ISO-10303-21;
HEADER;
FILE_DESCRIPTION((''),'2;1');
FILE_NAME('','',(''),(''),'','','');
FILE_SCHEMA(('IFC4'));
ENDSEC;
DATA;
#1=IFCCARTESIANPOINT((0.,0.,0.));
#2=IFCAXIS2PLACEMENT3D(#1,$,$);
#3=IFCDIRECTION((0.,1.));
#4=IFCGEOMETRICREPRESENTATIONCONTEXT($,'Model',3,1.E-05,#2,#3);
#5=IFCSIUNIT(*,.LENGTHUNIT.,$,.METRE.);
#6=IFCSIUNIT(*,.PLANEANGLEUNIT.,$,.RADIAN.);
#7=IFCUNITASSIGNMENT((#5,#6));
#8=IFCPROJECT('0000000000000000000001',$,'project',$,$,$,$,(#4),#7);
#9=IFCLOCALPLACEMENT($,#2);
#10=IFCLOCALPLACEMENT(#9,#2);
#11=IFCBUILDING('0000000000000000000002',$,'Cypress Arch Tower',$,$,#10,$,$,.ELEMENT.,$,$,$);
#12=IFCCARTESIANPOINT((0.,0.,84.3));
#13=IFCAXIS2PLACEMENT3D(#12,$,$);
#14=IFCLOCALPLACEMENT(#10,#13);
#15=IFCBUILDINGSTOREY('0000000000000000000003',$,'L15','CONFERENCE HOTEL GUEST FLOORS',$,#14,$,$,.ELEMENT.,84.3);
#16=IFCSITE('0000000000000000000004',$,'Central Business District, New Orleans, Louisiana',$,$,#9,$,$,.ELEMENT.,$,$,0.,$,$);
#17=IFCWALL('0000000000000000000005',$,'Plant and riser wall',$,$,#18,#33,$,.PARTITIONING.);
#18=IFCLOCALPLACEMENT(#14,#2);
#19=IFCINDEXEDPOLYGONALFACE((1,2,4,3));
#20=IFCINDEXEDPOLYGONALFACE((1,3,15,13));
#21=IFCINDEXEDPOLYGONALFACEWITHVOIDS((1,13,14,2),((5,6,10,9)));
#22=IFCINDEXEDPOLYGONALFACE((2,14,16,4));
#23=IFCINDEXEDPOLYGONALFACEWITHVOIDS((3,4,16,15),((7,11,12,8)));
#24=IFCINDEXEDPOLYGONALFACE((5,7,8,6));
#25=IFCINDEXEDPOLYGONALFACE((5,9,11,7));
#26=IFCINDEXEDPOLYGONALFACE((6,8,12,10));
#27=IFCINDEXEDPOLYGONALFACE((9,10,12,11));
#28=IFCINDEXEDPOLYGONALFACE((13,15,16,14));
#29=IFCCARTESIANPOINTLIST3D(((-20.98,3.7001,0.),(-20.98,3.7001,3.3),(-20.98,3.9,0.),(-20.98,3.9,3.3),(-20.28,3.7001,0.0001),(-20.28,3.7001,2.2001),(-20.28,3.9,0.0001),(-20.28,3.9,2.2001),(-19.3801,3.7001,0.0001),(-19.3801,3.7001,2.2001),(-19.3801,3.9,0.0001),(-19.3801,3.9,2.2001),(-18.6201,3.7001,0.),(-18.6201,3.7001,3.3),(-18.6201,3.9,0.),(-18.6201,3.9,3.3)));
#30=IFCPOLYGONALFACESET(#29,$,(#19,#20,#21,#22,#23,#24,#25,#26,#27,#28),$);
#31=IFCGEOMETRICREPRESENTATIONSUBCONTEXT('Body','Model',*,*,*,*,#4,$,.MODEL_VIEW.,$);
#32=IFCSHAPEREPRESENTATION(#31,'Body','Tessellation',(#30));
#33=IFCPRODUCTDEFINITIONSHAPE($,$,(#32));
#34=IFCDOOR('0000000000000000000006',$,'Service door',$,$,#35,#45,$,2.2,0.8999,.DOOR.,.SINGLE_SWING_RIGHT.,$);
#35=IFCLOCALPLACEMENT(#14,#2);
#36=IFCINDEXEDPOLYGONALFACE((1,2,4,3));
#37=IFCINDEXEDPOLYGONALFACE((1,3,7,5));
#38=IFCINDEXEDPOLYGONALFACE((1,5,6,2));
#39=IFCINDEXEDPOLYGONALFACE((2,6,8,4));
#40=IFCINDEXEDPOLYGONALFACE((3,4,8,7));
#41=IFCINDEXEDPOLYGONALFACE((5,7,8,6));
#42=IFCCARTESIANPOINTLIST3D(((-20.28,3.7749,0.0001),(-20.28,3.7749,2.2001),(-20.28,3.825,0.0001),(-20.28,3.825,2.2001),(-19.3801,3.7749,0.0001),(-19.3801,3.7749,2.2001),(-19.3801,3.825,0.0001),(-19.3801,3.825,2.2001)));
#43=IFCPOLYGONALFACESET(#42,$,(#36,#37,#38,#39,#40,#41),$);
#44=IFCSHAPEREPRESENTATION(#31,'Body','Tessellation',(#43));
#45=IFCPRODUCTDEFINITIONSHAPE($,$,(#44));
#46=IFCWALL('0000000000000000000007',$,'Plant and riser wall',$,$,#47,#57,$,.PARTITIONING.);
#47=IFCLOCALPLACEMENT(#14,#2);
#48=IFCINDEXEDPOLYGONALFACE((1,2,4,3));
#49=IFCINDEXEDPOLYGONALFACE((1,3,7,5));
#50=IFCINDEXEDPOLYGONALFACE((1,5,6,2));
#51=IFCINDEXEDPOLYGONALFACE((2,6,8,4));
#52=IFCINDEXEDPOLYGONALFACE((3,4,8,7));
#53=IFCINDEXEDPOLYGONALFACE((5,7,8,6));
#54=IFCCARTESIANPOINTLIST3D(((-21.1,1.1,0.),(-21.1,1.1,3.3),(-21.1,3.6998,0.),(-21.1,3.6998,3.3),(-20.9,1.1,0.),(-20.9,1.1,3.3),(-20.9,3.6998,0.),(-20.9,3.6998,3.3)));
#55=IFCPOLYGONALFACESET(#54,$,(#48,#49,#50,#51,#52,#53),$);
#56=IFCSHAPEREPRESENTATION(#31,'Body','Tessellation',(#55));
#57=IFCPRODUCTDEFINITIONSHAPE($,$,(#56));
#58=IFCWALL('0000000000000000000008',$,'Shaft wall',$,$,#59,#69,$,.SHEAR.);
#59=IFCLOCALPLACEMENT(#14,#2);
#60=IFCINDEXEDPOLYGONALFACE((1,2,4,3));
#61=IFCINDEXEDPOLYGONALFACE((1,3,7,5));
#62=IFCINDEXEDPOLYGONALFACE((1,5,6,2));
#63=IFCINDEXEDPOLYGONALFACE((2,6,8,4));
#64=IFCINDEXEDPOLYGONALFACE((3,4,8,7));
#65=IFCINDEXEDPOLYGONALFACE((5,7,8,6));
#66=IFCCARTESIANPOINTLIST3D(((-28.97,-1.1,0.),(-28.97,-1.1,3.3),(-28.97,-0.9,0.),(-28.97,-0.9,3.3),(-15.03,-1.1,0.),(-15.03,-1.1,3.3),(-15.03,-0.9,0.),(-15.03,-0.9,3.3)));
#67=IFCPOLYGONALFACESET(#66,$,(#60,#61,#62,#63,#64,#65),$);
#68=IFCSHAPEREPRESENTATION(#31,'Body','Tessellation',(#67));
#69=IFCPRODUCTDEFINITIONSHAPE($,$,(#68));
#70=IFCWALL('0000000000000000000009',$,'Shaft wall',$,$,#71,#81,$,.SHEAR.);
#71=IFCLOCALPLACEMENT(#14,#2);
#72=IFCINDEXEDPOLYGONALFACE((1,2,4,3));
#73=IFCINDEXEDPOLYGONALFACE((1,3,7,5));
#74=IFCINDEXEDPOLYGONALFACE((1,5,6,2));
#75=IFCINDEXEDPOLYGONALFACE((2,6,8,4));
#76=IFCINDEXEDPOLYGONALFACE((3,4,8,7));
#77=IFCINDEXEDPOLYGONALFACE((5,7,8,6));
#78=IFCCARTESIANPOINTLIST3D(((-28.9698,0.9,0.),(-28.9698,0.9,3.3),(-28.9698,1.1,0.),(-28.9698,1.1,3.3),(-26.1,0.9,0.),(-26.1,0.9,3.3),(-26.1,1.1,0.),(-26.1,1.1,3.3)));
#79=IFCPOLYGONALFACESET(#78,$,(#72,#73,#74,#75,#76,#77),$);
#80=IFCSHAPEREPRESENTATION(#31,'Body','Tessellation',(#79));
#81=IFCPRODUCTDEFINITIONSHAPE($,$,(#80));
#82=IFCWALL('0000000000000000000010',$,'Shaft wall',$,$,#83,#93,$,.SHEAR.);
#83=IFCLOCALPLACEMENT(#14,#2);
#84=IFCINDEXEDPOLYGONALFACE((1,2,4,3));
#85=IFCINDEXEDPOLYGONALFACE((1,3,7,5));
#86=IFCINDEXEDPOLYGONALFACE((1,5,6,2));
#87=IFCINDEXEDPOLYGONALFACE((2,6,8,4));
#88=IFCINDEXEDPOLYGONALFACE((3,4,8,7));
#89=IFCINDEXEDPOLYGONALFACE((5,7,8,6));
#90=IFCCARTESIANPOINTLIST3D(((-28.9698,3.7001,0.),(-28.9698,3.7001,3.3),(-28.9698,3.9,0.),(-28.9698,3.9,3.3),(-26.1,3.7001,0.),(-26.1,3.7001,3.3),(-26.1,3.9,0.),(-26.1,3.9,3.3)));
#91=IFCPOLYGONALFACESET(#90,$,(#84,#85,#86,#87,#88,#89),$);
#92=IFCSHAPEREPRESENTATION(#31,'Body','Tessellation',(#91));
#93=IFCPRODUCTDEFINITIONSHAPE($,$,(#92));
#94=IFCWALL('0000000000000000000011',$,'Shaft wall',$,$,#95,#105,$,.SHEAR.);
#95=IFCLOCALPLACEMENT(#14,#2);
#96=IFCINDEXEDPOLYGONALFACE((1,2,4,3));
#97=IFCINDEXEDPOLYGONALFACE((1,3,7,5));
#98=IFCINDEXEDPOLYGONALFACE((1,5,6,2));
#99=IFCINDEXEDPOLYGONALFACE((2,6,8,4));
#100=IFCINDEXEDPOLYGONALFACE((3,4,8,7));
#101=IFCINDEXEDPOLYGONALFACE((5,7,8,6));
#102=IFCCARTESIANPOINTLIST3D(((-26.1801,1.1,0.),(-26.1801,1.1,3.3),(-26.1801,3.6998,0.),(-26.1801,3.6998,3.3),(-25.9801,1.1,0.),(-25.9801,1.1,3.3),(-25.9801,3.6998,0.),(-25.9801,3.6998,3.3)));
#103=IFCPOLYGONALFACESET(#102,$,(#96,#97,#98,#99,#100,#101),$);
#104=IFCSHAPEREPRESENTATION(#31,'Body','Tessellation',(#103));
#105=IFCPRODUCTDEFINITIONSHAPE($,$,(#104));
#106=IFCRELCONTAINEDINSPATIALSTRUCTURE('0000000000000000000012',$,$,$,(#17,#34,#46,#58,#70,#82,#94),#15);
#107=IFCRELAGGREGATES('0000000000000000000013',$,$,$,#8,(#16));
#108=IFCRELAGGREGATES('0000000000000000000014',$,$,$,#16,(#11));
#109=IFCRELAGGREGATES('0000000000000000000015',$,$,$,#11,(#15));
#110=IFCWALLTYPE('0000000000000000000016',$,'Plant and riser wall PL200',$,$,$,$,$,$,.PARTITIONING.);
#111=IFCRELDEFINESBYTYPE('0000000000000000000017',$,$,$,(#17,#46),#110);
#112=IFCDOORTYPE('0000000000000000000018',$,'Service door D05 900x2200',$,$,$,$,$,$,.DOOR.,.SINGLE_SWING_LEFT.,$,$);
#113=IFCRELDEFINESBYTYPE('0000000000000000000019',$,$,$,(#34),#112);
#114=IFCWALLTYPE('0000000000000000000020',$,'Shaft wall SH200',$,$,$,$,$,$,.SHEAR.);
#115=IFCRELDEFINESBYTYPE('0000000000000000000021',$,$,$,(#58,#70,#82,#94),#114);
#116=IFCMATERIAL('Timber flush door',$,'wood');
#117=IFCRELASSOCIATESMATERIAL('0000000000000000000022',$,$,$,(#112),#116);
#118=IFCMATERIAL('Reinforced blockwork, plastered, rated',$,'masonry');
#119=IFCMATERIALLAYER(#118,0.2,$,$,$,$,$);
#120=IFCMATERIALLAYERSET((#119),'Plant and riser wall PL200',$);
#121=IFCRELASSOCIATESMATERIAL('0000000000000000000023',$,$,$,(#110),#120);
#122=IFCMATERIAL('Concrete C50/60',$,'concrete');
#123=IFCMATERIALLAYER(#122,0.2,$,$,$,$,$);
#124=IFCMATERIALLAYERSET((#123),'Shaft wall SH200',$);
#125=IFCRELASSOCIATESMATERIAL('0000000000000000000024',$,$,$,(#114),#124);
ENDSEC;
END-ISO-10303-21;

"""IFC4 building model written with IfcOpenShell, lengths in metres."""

from ifc_helpers import new_model, si_unit, direction, frame, frame_2d, origin, place, context, subcontext, project, spatial, rectangle, extrude, material, layer, layer_set, type_object, element, fill, save


model = new_model("IFC4")

# Units and contexts
model_context = context("Model", 3, precision=1e-05, world=origin(), true_north=direction((0.0, 1.0)))
body_context = subcontext(model_context, "Body", "Model", "MODEL_VIEW")
ifc_project = project(units=[si_unit("LENGTHUNIT", "METRE"), si_unit("PLANEANGLEUNIT", "RADIAN")], contexts=[model_context])

# Site, building, storey
site_placement = place(None, origin())
site = spatial("IfcSite", under=ifc_project, at=site_placement, Name="Central Business District, New Orleans, Louisiana", CompositionType="ELEMENT", RefElevation=0.0)
building_placement = place(site_placement, origin())
building = spatial("IfcBuilding", under=site, at=building_placement, Name="Cypress Arch Tower", CompositionType="ELEMENT")
storey_placement = place(building_placement, frame((0.0, 0.0, 84.3)))
storey = spatial("IfcBuildingStorey", under=building, at=storey_placement, Name="L15", Description="CONFERENCE HOTEL GUEST FLOORS", CompositionType="ELEMENT", Elevation=84.3)

# Shared definitions
ifc_material_1 = material(Name="Timber flush door", Category="wood")
door_type = type_object("IfcDoorType", Name="Service door D05 900x2200", OperationType="SINGLE_SWING_LEFT", PredefinedType="DOOR", material=ifc_material_1)

# Shared definitions
ifc_material_2 = material(Name="Reinforced blockwork, plastered, rated", Category="masonry")
ifc_layer_1 = layer(ifc_material_2, 0.2)
ifc_layer_set_1 = layer_set([ifc_layer_1], Name="Plant and riser wall PL200")
wall_type_1 = type_object("IfcWallType", Name="Plant and riser wall PL200", PredefinedType="PARTITIONING", material=ifc_layer_set_1)

# Wall, opening, door
wall_1_placement = place(storey_placement, frame((-20.98, 3.8, 0.0), z_axis=(0.0, 0.0, 1.0), x_axis=(1.0, 0.0, 0.0)))
wall_1 = element("IfcWall", 1, at=wall_1_placement, inside=storey, type_object=wall_type_1, Name="Plant and riser wall", PredefinedType="PARTITIONING", context=body_context, shape_type="SweptSolid", body=[
    extrude(rectangle(XDim=2.3599, YDim=0.2, at=frame_2d((1.1799, 0.0))), origin(), (0.0, 0.0, 1.0), 3.3),
])
opening_1_placement = place(wall_1_placement, frame((0.7, 0.0, 0.0)))
opening_1 = element("IfcOpeningElement", 2, at=opening_1_placement, cuts=wall_1, PredefinedType="OPENING", context=body_context, shape_type="SweptSolid", body=[
    extrude(rectangle(XDim=0.8999, YDim=2.2, at=frame_2d((0.45, 1.1001))), frame((0.0, 0.1099, 0.0), z_axis=(0.0, -1.0, 0.0), x_axis=(1.0, 0.0, 0.0)), (0.0, 0.0, 1.0), 0.22),
])
door_1_placement = place(opening_1_placement, origin())
door_1 = element("IfcDoor", 3, at=door_1_placement, inside=storey, type_object=door_type, Name="Service door", OperationType="SINGLE_SWING_RIGHT", OverallHeight=2.2, OverallWidth=0.8999, PredefinedType="DOOR", context=body_context, shape_type="SweptSolid", body=[
    extrude(rectangle(XDim=0.8999, YDim=2.2, at=frame_2d((0.45, 1.1001))), frame((0.0, 0.0249, 0.0), z_axis=(0.0, -1.0, 0.0), x_axis=(1.0, 0.0, 0.0)), (0.0, 0.0, 1.0), 0.05),
])
fill(opening_1, door_1)

# Walls
wall_2_placement = place(storey_placement, frame((-21.0, 1.1001, 0.0), z_axis=(0.0, 0.0, 1.0), x_axis=(0.0, 1.0, 0.0)))
element("IfcWall", 4, at=wall_2_placement, inside=storey, type_object=wall_type_1, Name="Plant and riser wall", PredefinedType="PARTITIONING", context=body_context, shape_type="SweptSolid", body=[
    extrude(rectangle(XDim=2.5999, YDim=0.2, at=frame_2d((1.2998, 0.0))), origin(), (0.0, 0.0, 1.0), 3.3),
])
ifc_material_3 = material(Name="Concrete C50/60", Category="concrete")
ifc_layer_2 = layer(ifc_material_3, 0.2)
ifc_layer_set_2 = layer_set([ifc_layer_2], Name="Shaft wall SH200")
wall_type_2 = type_object("IfcWallType", Name="Shaft wall SH200", PredefinedType="SHEAR", material=ifc_layer_set_2)
wall_3_placement = place(storey_placement, frame((-28.97, -1.0, 0.0), z_axis=(0.0, 0.0, 1.0), x_axis=(1.0, 0.0, 0.0)))
element("IfcWall", 5, at=wall_3_placement, inside=storey, type_object=wall_type_2, Name="Shaft wall", PredefinedType="SHEAR", context=body_context, shape_type="SweptSolid", body=[
    extrude(rectangle(XDim=13.9399, YDim=0.2, at=frame_2d((6.97, 0.0))), origin(), (0.0, 0.0, 1.0), 3.3),
])
for number, where, z_axis, x_axis, name in (
    (6, (-28.97, 1.0, 0.0), (0.0, 0.0, 1.0), (1.0, 0.0, 0.0), "Shaft wall"),
    (7, (-28.97, 3.8, 0.0), (0.0, 0.0, 1.0), (1.0, 0.0, 0.0), "Shaft wall"),
):
    element("IfcWall", number, at=place(storey_placement, frame(where, z_axis=z_axis, x_axis=x_axis)), inside=storey, type_object=wall_type_2, Name=name, PredefinedType="SHEAR", context=body_context, shape_type="SweptSolid", body=[
        extrude(rectangle(XDim=2.8699, YDim=0.2, at=frame_2d((1.4351, 0.0))), origin(), (0.0, 0.0, 1.0), 3.3),
    ])
wall_4_placement = place(storey_placement, frame((-26.0801, 1.1001, 0.0), z_axis=(0.0, 0.0, 1.0), x_axis=(0.0, 1.0, 0.0)))
element("IfcWall", 8, at=wall_4_placement, inside=storey, type_object=wall_type_2, Name="Shaft wall", PredefinedType="SHEAR", context=body_context, shape_type="SweptSolid", body=[
    extrude(rectangle(XDim=2.5999, YDim=0.2, at=frame_2d((1.2998, 0.0))), origin(), (0.0, 0.0, 1.0), 3.3),
])

save(model, "model.ifc")
